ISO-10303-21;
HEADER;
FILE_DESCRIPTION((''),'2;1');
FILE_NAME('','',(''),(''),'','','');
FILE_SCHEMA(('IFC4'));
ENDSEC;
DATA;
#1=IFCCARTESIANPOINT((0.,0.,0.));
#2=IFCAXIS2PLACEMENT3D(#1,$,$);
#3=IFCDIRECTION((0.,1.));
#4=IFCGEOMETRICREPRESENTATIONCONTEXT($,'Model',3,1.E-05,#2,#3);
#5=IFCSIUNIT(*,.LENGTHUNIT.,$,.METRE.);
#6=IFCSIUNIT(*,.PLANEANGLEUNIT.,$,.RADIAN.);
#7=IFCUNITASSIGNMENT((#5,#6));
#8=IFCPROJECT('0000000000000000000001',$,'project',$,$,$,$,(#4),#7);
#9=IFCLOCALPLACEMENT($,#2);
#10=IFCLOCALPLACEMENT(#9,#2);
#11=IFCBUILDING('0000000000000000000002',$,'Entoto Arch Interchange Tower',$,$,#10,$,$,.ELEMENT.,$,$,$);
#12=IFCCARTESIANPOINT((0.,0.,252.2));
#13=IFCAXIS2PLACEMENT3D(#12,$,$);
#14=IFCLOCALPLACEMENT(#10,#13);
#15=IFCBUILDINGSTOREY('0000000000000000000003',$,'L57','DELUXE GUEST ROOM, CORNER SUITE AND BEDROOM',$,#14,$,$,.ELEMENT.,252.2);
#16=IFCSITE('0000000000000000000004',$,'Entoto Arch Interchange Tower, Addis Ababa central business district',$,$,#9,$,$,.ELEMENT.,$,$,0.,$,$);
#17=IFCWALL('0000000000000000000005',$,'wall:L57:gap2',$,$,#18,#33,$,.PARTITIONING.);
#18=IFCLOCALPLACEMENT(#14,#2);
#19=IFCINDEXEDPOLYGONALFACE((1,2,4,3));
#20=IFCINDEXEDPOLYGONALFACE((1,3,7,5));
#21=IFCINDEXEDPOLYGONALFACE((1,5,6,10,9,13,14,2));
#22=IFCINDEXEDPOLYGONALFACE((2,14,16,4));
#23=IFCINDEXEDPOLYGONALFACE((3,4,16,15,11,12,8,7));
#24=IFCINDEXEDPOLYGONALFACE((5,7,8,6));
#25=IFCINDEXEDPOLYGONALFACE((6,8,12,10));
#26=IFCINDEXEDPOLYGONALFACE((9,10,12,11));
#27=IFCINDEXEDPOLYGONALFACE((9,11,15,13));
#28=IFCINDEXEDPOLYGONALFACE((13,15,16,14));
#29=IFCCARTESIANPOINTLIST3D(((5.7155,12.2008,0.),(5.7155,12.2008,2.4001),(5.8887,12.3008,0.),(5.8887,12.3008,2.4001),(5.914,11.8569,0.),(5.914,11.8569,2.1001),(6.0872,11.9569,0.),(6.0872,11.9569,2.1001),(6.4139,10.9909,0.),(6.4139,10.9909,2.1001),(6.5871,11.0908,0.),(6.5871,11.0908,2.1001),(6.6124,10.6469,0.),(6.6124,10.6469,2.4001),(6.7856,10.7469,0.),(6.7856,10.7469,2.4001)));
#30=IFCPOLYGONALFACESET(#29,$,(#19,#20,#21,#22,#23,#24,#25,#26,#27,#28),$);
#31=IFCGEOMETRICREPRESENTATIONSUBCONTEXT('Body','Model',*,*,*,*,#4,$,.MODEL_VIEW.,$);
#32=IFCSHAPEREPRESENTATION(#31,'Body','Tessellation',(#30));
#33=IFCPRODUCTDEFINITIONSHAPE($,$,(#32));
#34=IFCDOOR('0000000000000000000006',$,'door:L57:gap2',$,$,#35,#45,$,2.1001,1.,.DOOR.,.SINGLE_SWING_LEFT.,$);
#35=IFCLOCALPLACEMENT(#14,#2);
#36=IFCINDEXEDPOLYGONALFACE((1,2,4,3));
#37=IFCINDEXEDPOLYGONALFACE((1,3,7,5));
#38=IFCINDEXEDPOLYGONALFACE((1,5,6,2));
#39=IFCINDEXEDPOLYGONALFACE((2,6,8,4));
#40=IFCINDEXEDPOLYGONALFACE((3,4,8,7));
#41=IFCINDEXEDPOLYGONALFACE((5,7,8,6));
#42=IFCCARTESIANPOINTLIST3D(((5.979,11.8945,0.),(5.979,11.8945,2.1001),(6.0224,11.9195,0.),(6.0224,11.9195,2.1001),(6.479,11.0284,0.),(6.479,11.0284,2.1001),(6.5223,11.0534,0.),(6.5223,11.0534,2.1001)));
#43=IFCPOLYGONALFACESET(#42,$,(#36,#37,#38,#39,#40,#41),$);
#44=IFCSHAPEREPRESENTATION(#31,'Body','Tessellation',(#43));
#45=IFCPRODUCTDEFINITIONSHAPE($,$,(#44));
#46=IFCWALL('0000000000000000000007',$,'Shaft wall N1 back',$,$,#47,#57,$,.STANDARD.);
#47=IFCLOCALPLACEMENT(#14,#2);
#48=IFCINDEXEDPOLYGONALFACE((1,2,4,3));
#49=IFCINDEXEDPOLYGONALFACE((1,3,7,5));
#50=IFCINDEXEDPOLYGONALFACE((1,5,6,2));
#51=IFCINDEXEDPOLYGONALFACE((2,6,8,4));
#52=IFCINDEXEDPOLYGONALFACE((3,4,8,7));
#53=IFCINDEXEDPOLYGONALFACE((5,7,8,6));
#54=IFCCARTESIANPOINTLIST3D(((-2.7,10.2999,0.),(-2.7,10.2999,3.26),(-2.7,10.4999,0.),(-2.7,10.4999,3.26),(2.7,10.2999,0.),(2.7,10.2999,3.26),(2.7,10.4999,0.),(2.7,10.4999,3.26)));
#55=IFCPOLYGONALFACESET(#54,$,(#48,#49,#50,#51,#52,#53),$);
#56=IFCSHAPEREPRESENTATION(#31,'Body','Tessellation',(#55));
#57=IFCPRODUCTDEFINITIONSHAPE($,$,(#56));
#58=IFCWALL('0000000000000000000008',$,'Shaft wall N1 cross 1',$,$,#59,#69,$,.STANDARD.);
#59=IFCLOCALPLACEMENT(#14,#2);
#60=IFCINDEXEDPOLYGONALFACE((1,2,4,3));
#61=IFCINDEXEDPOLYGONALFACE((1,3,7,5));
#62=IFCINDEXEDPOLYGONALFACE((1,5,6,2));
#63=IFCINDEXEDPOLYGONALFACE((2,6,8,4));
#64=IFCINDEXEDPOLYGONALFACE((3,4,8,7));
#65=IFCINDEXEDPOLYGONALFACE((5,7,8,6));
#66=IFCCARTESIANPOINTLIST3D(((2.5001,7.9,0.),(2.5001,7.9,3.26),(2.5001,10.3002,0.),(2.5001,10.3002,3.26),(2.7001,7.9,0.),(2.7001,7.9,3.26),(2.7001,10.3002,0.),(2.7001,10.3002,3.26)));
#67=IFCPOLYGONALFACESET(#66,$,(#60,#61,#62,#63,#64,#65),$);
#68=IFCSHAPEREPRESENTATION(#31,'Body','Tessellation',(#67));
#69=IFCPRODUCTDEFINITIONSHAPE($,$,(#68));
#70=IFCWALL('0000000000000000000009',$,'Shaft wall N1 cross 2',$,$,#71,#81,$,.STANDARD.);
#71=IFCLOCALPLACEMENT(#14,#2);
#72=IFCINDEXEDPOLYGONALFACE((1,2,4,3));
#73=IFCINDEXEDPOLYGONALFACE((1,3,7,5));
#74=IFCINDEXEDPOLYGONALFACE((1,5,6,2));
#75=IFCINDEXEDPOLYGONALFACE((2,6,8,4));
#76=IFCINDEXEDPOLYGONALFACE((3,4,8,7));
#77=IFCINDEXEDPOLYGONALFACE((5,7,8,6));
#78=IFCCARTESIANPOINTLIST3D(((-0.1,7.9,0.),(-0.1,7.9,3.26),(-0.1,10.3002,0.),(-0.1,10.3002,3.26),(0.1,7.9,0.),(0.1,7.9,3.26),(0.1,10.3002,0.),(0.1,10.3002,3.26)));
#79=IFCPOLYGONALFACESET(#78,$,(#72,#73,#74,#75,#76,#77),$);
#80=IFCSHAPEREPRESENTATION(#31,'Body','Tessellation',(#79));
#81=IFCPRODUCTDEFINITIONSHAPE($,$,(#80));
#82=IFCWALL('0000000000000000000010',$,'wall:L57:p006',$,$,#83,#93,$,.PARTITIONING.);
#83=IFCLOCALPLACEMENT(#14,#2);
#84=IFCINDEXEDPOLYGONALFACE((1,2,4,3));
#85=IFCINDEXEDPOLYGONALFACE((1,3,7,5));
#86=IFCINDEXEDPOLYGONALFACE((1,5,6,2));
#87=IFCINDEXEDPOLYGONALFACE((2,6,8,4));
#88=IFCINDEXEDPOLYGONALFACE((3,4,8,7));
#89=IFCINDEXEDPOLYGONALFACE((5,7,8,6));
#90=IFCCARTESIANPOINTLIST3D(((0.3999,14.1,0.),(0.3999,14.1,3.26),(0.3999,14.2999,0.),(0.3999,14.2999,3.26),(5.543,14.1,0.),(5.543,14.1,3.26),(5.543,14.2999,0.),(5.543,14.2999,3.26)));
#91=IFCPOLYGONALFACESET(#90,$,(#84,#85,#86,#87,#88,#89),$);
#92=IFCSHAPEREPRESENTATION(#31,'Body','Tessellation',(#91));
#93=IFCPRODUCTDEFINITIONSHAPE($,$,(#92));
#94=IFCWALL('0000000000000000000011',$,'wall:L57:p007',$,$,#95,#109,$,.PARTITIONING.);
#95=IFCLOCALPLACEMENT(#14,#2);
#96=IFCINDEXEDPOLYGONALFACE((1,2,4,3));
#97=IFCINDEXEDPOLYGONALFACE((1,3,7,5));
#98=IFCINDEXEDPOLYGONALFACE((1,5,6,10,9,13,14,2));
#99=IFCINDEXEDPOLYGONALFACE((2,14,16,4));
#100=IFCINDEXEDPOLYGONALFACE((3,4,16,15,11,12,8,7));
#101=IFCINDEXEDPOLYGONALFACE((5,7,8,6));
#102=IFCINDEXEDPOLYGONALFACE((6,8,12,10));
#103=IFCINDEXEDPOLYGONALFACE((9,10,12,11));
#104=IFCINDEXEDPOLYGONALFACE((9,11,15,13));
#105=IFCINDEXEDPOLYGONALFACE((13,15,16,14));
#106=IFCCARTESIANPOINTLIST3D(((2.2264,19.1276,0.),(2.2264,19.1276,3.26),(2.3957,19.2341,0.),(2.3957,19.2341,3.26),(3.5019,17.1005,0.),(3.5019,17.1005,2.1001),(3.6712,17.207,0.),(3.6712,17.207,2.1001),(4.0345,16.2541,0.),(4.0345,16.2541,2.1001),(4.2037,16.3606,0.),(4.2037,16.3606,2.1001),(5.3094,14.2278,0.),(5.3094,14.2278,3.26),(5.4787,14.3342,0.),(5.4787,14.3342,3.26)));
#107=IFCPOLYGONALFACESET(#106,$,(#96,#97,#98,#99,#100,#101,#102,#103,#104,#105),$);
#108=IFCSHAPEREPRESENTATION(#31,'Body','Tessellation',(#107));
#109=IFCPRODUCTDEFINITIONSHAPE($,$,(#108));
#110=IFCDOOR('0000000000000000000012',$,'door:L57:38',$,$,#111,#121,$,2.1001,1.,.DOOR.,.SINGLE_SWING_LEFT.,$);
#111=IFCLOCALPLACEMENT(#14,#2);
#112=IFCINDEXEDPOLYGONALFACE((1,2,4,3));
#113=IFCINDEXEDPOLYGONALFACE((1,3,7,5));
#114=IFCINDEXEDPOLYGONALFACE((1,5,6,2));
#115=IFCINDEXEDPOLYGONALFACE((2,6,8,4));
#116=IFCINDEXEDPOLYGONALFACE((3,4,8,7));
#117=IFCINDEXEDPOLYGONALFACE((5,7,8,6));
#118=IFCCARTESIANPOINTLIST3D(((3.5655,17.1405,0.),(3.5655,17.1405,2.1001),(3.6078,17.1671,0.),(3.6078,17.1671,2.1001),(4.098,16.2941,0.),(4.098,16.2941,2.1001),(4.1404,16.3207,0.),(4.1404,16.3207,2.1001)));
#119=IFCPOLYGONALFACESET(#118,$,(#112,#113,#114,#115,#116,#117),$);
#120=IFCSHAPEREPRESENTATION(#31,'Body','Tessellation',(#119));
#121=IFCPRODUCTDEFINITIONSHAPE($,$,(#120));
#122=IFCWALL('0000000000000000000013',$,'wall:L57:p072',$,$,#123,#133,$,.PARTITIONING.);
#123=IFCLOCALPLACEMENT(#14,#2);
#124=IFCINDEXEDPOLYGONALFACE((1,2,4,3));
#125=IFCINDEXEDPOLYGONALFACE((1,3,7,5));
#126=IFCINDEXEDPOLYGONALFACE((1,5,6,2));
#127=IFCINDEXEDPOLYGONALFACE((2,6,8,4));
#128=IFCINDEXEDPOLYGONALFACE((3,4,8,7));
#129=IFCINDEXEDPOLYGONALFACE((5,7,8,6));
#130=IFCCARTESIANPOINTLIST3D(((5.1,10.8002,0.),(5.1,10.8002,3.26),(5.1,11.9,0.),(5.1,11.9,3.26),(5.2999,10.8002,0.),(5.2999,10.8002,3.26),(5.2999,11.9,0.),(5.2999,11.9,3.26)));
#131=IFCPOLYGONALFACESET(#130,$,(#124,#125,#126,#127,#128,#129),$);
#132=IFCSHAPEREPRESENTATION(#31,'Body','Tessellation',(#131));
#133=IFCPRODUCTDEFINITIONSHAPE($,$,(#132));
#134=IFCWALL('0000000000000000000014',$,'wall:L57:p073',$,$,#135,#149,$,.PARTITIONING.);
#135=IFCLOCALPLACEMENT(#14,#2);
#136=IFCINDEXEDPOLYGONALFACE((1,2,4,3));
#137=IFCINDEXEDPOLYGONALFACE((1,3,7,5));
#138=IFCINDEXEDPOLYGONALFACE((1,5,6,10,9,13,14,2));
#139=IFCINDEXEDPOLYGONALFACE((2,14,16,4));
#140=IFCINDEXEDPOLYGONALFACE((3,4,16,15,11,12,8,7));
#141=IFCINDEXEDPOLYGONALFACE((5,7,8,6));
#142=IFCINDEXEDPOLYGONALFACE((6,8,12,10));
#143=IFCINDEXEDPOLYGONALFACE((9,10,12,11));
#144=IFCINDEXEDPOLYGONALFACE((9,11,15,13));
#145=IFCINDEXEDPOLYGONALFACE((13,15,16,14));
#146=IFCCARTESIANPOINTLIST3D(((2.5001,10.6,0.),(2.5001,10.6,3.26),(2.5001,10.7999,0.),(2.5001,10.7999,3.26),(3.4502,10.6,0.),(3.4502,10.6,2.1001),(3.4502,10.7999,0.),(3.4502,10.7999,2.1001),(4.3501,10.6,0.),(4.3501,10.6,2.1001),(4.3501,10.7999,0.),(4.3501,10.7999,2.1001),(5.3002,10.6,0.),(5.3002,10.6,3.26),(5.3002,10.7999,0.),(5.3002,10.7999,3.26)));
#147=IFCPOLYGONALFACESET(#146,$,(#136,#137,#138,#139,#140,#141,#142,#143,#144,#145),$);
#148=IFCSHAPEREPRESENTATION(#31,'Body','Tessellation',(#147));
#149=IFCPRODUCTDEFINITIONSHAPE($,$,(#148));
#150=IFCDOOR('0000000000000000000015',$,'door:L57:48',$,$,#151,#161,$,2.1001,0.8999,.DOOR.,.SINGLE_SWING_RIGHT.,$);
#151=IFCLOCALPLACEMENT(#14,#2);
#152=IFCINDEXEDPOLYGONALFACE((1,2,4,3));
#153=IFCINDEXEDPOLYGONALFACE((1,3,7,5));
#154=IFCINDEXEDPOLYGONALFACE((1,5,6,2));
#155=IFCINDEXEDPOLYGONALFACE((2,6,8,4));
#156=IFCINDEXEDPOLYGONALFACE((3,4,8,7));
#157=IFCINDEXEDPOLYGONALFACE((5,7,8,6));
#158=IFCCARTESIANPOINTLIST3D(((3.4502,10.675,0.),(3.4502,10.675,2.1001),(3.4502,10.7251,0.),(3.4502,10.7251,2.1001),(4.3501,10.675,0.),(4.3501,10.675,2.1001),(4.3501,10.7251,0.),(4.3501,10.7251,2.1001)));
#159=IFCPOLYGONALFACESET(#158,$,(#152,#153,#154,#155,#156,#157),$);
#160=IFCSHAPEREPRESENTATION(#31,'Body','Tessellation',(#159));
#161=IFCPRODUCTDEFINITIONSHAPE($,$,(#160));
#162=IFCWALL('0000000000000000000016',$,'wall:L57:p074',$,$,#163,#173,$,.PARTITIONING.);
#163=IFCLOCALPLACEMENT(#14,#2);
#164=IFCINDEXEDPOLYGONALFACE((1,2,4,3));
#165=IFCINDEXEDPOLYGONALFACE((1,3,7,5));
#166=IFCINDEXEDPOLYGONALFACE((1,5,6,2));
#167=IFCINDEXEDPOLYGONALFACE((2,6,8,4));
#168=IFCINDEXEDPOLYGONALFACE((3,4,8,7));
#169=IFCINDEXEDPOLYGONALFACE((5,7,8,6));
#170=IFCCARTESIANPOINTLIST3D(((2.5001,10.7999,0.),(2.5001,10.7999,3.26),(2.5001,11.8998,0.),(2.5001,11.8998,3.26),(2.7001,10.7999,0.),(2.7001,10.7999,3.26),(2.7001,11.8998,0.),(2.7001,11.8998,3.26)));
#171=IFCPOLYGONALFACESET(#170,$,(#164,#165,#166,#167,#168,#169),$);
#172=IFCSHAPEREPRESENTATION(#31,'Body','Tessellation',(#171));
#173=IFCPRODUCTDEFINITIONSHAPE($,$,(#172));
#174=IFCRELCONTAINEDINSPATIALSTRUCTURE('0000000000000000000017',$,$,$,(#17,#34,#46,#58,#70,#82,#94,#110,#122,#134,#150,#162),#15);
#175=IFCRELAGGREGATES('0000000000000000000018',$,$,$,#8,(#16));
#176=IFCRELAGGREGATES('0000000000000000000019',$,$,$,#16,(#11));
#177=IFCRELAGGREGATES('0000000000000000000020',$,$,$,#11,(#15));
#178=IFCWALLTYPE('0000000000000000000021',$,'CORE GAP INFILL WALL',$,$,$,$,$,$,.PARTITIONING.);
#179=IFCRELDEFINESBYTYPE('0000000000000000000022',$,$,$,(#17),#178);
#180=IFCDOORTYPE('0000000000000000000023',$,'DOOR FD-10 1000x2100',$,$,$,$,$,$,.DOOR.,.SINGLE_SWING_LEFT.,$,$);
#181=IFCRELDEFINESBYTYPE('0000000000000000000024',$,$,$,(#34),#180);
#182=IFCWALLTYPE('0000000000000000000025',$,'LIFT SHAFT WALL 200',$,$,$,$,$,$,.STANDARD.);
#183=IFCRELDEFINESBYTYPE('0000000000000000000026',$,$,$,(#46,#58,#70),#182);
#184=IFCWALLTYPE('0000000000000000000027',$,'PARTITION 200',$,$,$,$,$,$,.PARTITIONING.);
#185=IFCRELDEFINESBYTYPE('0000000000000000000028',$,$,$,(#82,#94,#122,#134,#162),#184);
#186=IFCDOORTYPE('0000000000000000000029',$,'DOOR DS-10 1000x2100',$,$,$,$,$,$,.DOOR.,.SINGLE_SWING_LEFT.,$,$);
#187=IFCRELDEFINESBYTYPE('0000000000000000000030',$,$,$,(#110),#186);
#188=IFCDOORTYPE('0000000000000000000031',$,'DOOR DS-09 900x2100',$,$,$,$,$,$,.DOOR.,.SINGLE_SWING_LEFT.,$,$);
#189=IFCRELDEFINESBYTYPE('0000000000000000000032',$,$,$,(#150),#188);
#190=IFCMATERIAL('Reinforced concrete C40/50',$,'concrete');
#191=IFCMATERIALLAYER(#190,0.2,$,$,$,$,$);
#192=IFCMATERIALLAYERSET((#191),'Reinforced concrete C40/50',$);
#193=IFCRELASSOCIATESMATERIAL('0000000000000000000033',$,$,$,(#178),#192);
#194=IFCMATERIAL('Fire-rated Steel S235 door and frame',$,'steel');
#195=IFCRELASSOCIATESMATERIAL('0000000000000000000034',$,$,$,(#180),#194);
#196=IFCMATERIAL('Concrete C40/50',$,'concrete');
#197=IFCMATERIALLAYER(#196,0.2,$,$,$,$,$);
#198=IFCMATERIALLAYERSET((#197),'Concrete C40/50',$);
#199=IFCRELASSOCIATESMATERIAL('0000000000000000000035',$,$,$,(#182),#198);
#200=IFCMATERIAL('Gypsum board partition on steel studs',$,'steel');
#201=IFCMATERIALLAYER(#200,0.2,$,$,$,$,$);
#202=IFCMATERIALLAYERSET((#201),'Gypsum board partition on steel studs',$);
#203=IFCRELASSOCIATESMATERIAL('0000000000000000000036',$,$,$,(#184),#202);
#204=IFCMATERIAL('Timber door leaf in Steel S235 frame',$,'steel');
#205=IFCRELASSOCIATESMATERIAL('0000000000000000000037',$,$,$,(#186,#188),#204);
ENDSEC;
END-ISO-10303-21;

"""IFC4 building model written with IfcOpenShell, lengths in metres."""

from ifc_helpers import new_model, si_unit, direction, frame, frame_2d, origin, place, context, subcontext, project, spatial, rectangle, extrude, material, layer, layer_set, type_object, element, fill, save


model = new_model("IFC4")

# Units and contexts
model_context = context("Model", 3, precision=1e-05, world=origin(), true_north=direction((0.0, 1.0)))
body_context = subcontext(model_context, "Body", "Model", "MODEL_VIEW")
ifc_project = project(units=[si_unit("LENGTHUNIT", "METRE"), si_unit("PLANEANGLEUNIT", "RADIAN")], contexts=[model_context])

# Site, building, storey
site_placement = place(None, origin())
site = spatial("IfcSite", under=ifc_project, at=site_placement, Name="Entoto Arch Interchange Tower, Addis Ababa central business district", CompositionType="ELEMENT", RefElevation=0.0)
building_placement = place(site_placement, origin())
building = spatial("IfcBuilding", under=site, at=building_placement, Name="Entoto Arch Interchange Tower", CompositionType="ELEMENT")
storey_placement = place(building_placement, frame((0.0, 0.0, 252.2)))
storey = spatial("IfcBuildingStorey", under=building, at=storey_placement, Name="L57", Description="DELUXE GUEST ROOM, CORNER SUITE AND BEDROOM", CompositionType="ELEMENT", Elevation=252.2)

# Wall, opening, door
ifc_material_1 = material(Name="Reinforced concrete C40/50", Category="concrete")
ifc_layer_1 = layer(ifc_material_1, 0.2)
ifc_layer_set_1 = layer_set([ifc_layer_1], Name="Reinforced concrete C40/50")
wall_type_1 = type_object("IfcWallType", Name="CORE GAP INFILL WALL", PredefinedType="PARTITIONING", material=ifc_layer_set_1)
wall_1_placement = place(storey_placement, frame((6.699, 10.697, 0.0), z_axis=(0.0, 0.0, 1.0), x_axis=(-0.499915, 0.866075, 0.0)))
wall_1 = element("IfcWall", 1, at=wall_1_placement, inside=storey, type_object=wall_type_1, Name="wall:L57:gap2", PredefinedType="PARTITIONING", context=body_context, shape_type="SweptSolid", body=[
    extrude(rectangle(XDim=1.7942, YDim=0.2, at=frame_2d((0.897, 0.0))), origin(), (0.0, 0.0, 1.0), 2.4001),
])
opening_1_placement = place(wall_1_placement, frame((0.397, 0.0, 0.0)))
opening_1 = element("IfcOpeningElement", 2, at=opening_1_placement, cuts=wall_1, PredefinedType="OPENING", context=body_context, shape_type="SweptSolid", body=[
    extrude(rectangle(XDim=1.0, YDim=2.1001, at=frame_2d((0.5, 1.05))), frame((0.0, 0.1099, 0.0), z_axis=(0.0, -1.0, 0.0), x_axis=(1.0, 0.0, 0.0)), (0.0, 0.0, 1.0), 0.22),
])
ifc_material_2 = material(Name="Fire-rated Steel S235 door and frame", Category="steel")
door_type_1 = type_object("IfcDoorType", Name="DOOR FD-10 1000x2100", OperationType="SINGLE_SWING_LEFT", PredefinedType="DOOR", material=ifc_material_2)
door_1_placement = place(opening_1_placement, origin())
door_1 = element("IfcDoor", 3, at=door_1_placement, inside=storey, type_object=door_type_1, Name="door:L57:gap2", OperationType="SINGLE_SWING_LEFT", OverallHeight=2.1001, OverallWidth=1.0, PredefinedType="DOOR", context=body_context, shape_type="SweptSolid", body=[
    extrude(rectangle(XDim=1.0, YDim=2.1001, at=frame_2d((0.5, 1.05))), frame((0.0, 0.0249, 0.0), z_axis=(0.0, -1.0, 0.0), x_axis=(1.0, 0.0, 0.0)), (0.0, 0.0, 1.0), 0.05),
])
fill(opening_1, door_1)

# Walls
ifc_material_3 = material(Name="Concrete C40/50", Category="concrete")
ifc_layer_2 = layer(ifc_material_3, 0.2)
ifc_layer_set_2 = layer_set([ifc_layer_2], Name="Concrete C40/50")
wall_type_2 = type_object("IfcWallType", Name="LIFT SHAFT WALL 200", PredefinedType="STANDARD", material=ifc_layer_set_2)
wall_2_placement = place(storey_placement, frame((2.7, 10.3999, 0.0), z_axis=(0.0, 0.0, 1.0), x_axis=(-1.0, 0.0, 0.0)))
element("IfcWall", 4, at=wall_2_placement, inside=storey, type_object=wall_type_2, Name="Shaft wall N1 back", PredefinedType="STANDARD", context=body_context, shape_type="SweptSolid", body=[
    extrude(rectangle(XDim=5.3999, YDim=0.2, at=frame_2d((2.7, 0.0))), origin(), (0.0, 0.0, 1.0), 3.26),
])
for number, where, z_axis, x_axis, name in (
    (5, (2.6001, 7.8999, 0.0), (0.0, 0.0, 1.0), (0.0, 1.0, 0.0), "Shaft wall N1 cross 1"),
    (6, (0.0, 7.8999, 0.0), (0.0, 0.0, 1.0), (0.0, 1.0, 0.0), "Shaft wall N1 cross 2"),
):
    element("IfcWall", number, at=place(storey_placement, frame(where, z_axis=z_axis, x_axis=x_axis)), inside=storey, type_object=wall_type_2, Name=name, PredefinedType="STANDARD", context=body_context, shape_type="SweptSolid", body=[
        extrude(rectangle(XDim=2.4001, YDim=0.2, at=frame_2d((1.2002, 0.0))), origin(), (0.0, 0.0, 1.0), 3.26),
    ])
ifc_material_4 = material(Name="Gypsum board partition on steel studs", Category="steel")
ifc_layer_3 = layer(ifc_material_4, 0.2)
ifc_layer_set_3 = layer_set([ifc_layer_3], Name="Gypsum board partition on steel studs")
wall_type_3 = type_object("IfcWallType", Name="PARTITION 200", PredefinedType="PARTITIONING", material=ifc_layer_set_3)
wall_3_placement = place(storey_placement, frame((0.3999, 14.2, 0.0), z_axis=(0.0, 0.0, 1.0), x_axis=(1.0, 0.0, 0.0)))
element("IfcWall", 7, at=wall_3_placement, inside=storey, type_object=wall_type_3, Name="wall:L57:p006", PredefinedType="PARTITIONING", context=body_context, shape_type="SweptSolid", body=[
    extrude(rectangle(XDim=5.1431, YDim=0.2, at=frame_2d((2.5715, 0.0))), origin(), (0.0, 0.0, 1.0), 3.26),
])

# Wall, opening, door
wall_4_placement = place(storey_placement, frame((5.394, 14.281, 0.0), z_axis=(0.0, 0.0, 1.0), x_axis=(-0.532552, 0.846398, 0.0)))
wall_4 = element("IfcWall", 8, at=wall_4_placement, inside=storey, type_object=wall_type_3, Name="wall:L57:p007", PredefinedType="PARTITIONING", context=body_context, shape_type="SweptSolid", body=[
    extrude(rectangle(XDim=5.7891, YDim=0.2, at=frame_2d((2.8945, 0.0))), origin(), (0.0, 0.0, 1.0), 3.26),
])
opening_2_placement = place(wall_4_placement, frame((2.394, 0.0, 0.0)))
opening_2 = element("IfcOpeningElement", 9, at=opening_2_placement, cuts=wall_4, PredefinedType="OPENING", context=body_context, shape_type="SweptSolid", body=[
    extrude(rectangle(XDim=1.0, YDim=2.1001, at=frame_2d((0.5, 1.05))), frame((0.0, 0.1099, 0.0), z_axis=(0.0, -1.0, 0.0), x_axis=(1.0, 0.0, 0.0)), (0.0, 0.0, 1.0), 0.22),
])
ifc_material_5 = material(Name="Timber door leaf in Steel S235 frame", Category="steel")
door_type_2 = type_object("IfcDoorType", Name="DOOR DS-10 1000x2100", OperationType="SINGLE_SWING_LEFT", PredefinedType="DOOR", material=ifc_material_5)
door_2_placement = place(opening_2_placement, origin())
door_2 = element("IfcDoor", 10, at=door_2_placement, inside=storey, type_object=door_type_2, Name="door:L57:38", OperationType="SINGLE_SWING_LEFT", OverallHeight=2.1001, OverallWidth=1.0, PredefinedType="DOOR", context=body_context, shape_type="SweptSolid", body=[
    extrude(rectangle(XDim=1.0, YDim=2.1001, at=frame_2d((0.5, 1.05))), frame((0.0, 0.0249, 0.0), z_axis=(0.0, -1.0, 0.0), x_axis=(1.0, 0.0, 0.0)), (0.0, 0.0, 1.0), 0.05),
])
fill(opening_2, door_2)

# Wall
wall_5_placement = place(storey_placement, frame((5.2, 11.8999, 0.0), z_axis=(0.0, 0.0, 1.0), x_axis=(0.0, -1.0, 0.0)))
element("IfcWall", 11, at=wall_5_placement, inside=storey, type_object=wall_type_3, Name="wall:L57:p072", PredefinedType="PARTITIONING", context=body_context, shape_type="SweptSolid", body=[
    extrude(rectangle(XDim=1.0999, YDim=0.2, at=frame_2d((0.5498, 0.0))), origin(), (0.0, 0.0, 1.0), 3.26),
])

# Wall, opening, door
wall_6_placement = place(storey_placement, frame((5.3, 10.7, 0.0), z_axis=(0.0, 0.0, 1.0), x_axis=(-1.0, 0.0, 0.0)))
wall_6 = element("IfcWall", 12, at=wall_6_placement, inside=storey, type_object=wall_type_3, Name="wall:L57:p073", PredefinedType="PARTITIONING", context=body_context, shape_type="SweptSolid", body=[
    extrude(rectangle(XDim=2.8, YDim=0.2, at=frame_2d((1.3999, 0.0))), origin(), (0.0, 0.0, 1.0), 3.26),
])
opening_3_placement = place(wall_6_placement, frame((0.95, 0.0, 0.0)))
opening_3 = element("IfcOpeningElement", 13, at=opening_3_placement, cuts=wall_6, PredefinedType="OPENING", context=body_context, shape_type="SweptSolid", body=[
    extrude(rectangle(XDim=0.8999, YDim=2.1001, at=frame_2d((0.45, 1.05))), frame((0.0, 0.1099, 0.0), z_axis=(0.0, -1.0, 0.0), x_axis=(1.0, 0.0, 0.0)), (0.0, 0.0, 1.0), 0.22),
])
door_type_3 = type_object("IfcDoorType", Name="DOOR DS-09 900x2100", OperationType="SINGLE_SWING_LEFT", PredefinedType="DOOR", material=ifc_material_5)
door_3_placement = place(opening_3_placement, origin())
door_3 = element("IfcDoor", 14, at=door_3_placement, inside=storey, type_object=door_type_3, Name="door:L57:48", OperationType="SINGLE_SWING_RIGHT", OverallHeight=2.1001, OverallWidth=0.8999, PredefinedType="DOOR", context=body_context, shape_type="SweptSolid", body=[
    extrude(rectangle(XDim=0.8999, YDim=2.1001, at=frame_2d((0.45, 1.05))), frame((0.0, 0.0249, 0.0), z_axis=(0.0, -1.0, 0.0), x_axis=(1.0, 0.0, 0.0)), (0.0, 0.0, 1.0), 0.05),
])
fill(opening_3, door_3)

# Wall
wall_7_placement = place(storey_placement, frame((2.6001, 10.8, 0.0), z_axis=(0.0, 0.0, 1.0), x_axis=(0.0, 1.0, 0.0)))
element("IfcWall", 15, at=wall_7_placement, inside=storey, type_object=wall_type_3, Name="wall:L57:p074", PredefinedType="PARTITIONING", context=body_context, shape_type="SweptSolid", body=[
    extrude(rectangle(XDim=1.0999, YDim=0.2, at=frame_2d((0.5498, 0.0))), origin(), (0.0, 0.0, 1.0), 3.26),
])

save(model, "model.ifc")
